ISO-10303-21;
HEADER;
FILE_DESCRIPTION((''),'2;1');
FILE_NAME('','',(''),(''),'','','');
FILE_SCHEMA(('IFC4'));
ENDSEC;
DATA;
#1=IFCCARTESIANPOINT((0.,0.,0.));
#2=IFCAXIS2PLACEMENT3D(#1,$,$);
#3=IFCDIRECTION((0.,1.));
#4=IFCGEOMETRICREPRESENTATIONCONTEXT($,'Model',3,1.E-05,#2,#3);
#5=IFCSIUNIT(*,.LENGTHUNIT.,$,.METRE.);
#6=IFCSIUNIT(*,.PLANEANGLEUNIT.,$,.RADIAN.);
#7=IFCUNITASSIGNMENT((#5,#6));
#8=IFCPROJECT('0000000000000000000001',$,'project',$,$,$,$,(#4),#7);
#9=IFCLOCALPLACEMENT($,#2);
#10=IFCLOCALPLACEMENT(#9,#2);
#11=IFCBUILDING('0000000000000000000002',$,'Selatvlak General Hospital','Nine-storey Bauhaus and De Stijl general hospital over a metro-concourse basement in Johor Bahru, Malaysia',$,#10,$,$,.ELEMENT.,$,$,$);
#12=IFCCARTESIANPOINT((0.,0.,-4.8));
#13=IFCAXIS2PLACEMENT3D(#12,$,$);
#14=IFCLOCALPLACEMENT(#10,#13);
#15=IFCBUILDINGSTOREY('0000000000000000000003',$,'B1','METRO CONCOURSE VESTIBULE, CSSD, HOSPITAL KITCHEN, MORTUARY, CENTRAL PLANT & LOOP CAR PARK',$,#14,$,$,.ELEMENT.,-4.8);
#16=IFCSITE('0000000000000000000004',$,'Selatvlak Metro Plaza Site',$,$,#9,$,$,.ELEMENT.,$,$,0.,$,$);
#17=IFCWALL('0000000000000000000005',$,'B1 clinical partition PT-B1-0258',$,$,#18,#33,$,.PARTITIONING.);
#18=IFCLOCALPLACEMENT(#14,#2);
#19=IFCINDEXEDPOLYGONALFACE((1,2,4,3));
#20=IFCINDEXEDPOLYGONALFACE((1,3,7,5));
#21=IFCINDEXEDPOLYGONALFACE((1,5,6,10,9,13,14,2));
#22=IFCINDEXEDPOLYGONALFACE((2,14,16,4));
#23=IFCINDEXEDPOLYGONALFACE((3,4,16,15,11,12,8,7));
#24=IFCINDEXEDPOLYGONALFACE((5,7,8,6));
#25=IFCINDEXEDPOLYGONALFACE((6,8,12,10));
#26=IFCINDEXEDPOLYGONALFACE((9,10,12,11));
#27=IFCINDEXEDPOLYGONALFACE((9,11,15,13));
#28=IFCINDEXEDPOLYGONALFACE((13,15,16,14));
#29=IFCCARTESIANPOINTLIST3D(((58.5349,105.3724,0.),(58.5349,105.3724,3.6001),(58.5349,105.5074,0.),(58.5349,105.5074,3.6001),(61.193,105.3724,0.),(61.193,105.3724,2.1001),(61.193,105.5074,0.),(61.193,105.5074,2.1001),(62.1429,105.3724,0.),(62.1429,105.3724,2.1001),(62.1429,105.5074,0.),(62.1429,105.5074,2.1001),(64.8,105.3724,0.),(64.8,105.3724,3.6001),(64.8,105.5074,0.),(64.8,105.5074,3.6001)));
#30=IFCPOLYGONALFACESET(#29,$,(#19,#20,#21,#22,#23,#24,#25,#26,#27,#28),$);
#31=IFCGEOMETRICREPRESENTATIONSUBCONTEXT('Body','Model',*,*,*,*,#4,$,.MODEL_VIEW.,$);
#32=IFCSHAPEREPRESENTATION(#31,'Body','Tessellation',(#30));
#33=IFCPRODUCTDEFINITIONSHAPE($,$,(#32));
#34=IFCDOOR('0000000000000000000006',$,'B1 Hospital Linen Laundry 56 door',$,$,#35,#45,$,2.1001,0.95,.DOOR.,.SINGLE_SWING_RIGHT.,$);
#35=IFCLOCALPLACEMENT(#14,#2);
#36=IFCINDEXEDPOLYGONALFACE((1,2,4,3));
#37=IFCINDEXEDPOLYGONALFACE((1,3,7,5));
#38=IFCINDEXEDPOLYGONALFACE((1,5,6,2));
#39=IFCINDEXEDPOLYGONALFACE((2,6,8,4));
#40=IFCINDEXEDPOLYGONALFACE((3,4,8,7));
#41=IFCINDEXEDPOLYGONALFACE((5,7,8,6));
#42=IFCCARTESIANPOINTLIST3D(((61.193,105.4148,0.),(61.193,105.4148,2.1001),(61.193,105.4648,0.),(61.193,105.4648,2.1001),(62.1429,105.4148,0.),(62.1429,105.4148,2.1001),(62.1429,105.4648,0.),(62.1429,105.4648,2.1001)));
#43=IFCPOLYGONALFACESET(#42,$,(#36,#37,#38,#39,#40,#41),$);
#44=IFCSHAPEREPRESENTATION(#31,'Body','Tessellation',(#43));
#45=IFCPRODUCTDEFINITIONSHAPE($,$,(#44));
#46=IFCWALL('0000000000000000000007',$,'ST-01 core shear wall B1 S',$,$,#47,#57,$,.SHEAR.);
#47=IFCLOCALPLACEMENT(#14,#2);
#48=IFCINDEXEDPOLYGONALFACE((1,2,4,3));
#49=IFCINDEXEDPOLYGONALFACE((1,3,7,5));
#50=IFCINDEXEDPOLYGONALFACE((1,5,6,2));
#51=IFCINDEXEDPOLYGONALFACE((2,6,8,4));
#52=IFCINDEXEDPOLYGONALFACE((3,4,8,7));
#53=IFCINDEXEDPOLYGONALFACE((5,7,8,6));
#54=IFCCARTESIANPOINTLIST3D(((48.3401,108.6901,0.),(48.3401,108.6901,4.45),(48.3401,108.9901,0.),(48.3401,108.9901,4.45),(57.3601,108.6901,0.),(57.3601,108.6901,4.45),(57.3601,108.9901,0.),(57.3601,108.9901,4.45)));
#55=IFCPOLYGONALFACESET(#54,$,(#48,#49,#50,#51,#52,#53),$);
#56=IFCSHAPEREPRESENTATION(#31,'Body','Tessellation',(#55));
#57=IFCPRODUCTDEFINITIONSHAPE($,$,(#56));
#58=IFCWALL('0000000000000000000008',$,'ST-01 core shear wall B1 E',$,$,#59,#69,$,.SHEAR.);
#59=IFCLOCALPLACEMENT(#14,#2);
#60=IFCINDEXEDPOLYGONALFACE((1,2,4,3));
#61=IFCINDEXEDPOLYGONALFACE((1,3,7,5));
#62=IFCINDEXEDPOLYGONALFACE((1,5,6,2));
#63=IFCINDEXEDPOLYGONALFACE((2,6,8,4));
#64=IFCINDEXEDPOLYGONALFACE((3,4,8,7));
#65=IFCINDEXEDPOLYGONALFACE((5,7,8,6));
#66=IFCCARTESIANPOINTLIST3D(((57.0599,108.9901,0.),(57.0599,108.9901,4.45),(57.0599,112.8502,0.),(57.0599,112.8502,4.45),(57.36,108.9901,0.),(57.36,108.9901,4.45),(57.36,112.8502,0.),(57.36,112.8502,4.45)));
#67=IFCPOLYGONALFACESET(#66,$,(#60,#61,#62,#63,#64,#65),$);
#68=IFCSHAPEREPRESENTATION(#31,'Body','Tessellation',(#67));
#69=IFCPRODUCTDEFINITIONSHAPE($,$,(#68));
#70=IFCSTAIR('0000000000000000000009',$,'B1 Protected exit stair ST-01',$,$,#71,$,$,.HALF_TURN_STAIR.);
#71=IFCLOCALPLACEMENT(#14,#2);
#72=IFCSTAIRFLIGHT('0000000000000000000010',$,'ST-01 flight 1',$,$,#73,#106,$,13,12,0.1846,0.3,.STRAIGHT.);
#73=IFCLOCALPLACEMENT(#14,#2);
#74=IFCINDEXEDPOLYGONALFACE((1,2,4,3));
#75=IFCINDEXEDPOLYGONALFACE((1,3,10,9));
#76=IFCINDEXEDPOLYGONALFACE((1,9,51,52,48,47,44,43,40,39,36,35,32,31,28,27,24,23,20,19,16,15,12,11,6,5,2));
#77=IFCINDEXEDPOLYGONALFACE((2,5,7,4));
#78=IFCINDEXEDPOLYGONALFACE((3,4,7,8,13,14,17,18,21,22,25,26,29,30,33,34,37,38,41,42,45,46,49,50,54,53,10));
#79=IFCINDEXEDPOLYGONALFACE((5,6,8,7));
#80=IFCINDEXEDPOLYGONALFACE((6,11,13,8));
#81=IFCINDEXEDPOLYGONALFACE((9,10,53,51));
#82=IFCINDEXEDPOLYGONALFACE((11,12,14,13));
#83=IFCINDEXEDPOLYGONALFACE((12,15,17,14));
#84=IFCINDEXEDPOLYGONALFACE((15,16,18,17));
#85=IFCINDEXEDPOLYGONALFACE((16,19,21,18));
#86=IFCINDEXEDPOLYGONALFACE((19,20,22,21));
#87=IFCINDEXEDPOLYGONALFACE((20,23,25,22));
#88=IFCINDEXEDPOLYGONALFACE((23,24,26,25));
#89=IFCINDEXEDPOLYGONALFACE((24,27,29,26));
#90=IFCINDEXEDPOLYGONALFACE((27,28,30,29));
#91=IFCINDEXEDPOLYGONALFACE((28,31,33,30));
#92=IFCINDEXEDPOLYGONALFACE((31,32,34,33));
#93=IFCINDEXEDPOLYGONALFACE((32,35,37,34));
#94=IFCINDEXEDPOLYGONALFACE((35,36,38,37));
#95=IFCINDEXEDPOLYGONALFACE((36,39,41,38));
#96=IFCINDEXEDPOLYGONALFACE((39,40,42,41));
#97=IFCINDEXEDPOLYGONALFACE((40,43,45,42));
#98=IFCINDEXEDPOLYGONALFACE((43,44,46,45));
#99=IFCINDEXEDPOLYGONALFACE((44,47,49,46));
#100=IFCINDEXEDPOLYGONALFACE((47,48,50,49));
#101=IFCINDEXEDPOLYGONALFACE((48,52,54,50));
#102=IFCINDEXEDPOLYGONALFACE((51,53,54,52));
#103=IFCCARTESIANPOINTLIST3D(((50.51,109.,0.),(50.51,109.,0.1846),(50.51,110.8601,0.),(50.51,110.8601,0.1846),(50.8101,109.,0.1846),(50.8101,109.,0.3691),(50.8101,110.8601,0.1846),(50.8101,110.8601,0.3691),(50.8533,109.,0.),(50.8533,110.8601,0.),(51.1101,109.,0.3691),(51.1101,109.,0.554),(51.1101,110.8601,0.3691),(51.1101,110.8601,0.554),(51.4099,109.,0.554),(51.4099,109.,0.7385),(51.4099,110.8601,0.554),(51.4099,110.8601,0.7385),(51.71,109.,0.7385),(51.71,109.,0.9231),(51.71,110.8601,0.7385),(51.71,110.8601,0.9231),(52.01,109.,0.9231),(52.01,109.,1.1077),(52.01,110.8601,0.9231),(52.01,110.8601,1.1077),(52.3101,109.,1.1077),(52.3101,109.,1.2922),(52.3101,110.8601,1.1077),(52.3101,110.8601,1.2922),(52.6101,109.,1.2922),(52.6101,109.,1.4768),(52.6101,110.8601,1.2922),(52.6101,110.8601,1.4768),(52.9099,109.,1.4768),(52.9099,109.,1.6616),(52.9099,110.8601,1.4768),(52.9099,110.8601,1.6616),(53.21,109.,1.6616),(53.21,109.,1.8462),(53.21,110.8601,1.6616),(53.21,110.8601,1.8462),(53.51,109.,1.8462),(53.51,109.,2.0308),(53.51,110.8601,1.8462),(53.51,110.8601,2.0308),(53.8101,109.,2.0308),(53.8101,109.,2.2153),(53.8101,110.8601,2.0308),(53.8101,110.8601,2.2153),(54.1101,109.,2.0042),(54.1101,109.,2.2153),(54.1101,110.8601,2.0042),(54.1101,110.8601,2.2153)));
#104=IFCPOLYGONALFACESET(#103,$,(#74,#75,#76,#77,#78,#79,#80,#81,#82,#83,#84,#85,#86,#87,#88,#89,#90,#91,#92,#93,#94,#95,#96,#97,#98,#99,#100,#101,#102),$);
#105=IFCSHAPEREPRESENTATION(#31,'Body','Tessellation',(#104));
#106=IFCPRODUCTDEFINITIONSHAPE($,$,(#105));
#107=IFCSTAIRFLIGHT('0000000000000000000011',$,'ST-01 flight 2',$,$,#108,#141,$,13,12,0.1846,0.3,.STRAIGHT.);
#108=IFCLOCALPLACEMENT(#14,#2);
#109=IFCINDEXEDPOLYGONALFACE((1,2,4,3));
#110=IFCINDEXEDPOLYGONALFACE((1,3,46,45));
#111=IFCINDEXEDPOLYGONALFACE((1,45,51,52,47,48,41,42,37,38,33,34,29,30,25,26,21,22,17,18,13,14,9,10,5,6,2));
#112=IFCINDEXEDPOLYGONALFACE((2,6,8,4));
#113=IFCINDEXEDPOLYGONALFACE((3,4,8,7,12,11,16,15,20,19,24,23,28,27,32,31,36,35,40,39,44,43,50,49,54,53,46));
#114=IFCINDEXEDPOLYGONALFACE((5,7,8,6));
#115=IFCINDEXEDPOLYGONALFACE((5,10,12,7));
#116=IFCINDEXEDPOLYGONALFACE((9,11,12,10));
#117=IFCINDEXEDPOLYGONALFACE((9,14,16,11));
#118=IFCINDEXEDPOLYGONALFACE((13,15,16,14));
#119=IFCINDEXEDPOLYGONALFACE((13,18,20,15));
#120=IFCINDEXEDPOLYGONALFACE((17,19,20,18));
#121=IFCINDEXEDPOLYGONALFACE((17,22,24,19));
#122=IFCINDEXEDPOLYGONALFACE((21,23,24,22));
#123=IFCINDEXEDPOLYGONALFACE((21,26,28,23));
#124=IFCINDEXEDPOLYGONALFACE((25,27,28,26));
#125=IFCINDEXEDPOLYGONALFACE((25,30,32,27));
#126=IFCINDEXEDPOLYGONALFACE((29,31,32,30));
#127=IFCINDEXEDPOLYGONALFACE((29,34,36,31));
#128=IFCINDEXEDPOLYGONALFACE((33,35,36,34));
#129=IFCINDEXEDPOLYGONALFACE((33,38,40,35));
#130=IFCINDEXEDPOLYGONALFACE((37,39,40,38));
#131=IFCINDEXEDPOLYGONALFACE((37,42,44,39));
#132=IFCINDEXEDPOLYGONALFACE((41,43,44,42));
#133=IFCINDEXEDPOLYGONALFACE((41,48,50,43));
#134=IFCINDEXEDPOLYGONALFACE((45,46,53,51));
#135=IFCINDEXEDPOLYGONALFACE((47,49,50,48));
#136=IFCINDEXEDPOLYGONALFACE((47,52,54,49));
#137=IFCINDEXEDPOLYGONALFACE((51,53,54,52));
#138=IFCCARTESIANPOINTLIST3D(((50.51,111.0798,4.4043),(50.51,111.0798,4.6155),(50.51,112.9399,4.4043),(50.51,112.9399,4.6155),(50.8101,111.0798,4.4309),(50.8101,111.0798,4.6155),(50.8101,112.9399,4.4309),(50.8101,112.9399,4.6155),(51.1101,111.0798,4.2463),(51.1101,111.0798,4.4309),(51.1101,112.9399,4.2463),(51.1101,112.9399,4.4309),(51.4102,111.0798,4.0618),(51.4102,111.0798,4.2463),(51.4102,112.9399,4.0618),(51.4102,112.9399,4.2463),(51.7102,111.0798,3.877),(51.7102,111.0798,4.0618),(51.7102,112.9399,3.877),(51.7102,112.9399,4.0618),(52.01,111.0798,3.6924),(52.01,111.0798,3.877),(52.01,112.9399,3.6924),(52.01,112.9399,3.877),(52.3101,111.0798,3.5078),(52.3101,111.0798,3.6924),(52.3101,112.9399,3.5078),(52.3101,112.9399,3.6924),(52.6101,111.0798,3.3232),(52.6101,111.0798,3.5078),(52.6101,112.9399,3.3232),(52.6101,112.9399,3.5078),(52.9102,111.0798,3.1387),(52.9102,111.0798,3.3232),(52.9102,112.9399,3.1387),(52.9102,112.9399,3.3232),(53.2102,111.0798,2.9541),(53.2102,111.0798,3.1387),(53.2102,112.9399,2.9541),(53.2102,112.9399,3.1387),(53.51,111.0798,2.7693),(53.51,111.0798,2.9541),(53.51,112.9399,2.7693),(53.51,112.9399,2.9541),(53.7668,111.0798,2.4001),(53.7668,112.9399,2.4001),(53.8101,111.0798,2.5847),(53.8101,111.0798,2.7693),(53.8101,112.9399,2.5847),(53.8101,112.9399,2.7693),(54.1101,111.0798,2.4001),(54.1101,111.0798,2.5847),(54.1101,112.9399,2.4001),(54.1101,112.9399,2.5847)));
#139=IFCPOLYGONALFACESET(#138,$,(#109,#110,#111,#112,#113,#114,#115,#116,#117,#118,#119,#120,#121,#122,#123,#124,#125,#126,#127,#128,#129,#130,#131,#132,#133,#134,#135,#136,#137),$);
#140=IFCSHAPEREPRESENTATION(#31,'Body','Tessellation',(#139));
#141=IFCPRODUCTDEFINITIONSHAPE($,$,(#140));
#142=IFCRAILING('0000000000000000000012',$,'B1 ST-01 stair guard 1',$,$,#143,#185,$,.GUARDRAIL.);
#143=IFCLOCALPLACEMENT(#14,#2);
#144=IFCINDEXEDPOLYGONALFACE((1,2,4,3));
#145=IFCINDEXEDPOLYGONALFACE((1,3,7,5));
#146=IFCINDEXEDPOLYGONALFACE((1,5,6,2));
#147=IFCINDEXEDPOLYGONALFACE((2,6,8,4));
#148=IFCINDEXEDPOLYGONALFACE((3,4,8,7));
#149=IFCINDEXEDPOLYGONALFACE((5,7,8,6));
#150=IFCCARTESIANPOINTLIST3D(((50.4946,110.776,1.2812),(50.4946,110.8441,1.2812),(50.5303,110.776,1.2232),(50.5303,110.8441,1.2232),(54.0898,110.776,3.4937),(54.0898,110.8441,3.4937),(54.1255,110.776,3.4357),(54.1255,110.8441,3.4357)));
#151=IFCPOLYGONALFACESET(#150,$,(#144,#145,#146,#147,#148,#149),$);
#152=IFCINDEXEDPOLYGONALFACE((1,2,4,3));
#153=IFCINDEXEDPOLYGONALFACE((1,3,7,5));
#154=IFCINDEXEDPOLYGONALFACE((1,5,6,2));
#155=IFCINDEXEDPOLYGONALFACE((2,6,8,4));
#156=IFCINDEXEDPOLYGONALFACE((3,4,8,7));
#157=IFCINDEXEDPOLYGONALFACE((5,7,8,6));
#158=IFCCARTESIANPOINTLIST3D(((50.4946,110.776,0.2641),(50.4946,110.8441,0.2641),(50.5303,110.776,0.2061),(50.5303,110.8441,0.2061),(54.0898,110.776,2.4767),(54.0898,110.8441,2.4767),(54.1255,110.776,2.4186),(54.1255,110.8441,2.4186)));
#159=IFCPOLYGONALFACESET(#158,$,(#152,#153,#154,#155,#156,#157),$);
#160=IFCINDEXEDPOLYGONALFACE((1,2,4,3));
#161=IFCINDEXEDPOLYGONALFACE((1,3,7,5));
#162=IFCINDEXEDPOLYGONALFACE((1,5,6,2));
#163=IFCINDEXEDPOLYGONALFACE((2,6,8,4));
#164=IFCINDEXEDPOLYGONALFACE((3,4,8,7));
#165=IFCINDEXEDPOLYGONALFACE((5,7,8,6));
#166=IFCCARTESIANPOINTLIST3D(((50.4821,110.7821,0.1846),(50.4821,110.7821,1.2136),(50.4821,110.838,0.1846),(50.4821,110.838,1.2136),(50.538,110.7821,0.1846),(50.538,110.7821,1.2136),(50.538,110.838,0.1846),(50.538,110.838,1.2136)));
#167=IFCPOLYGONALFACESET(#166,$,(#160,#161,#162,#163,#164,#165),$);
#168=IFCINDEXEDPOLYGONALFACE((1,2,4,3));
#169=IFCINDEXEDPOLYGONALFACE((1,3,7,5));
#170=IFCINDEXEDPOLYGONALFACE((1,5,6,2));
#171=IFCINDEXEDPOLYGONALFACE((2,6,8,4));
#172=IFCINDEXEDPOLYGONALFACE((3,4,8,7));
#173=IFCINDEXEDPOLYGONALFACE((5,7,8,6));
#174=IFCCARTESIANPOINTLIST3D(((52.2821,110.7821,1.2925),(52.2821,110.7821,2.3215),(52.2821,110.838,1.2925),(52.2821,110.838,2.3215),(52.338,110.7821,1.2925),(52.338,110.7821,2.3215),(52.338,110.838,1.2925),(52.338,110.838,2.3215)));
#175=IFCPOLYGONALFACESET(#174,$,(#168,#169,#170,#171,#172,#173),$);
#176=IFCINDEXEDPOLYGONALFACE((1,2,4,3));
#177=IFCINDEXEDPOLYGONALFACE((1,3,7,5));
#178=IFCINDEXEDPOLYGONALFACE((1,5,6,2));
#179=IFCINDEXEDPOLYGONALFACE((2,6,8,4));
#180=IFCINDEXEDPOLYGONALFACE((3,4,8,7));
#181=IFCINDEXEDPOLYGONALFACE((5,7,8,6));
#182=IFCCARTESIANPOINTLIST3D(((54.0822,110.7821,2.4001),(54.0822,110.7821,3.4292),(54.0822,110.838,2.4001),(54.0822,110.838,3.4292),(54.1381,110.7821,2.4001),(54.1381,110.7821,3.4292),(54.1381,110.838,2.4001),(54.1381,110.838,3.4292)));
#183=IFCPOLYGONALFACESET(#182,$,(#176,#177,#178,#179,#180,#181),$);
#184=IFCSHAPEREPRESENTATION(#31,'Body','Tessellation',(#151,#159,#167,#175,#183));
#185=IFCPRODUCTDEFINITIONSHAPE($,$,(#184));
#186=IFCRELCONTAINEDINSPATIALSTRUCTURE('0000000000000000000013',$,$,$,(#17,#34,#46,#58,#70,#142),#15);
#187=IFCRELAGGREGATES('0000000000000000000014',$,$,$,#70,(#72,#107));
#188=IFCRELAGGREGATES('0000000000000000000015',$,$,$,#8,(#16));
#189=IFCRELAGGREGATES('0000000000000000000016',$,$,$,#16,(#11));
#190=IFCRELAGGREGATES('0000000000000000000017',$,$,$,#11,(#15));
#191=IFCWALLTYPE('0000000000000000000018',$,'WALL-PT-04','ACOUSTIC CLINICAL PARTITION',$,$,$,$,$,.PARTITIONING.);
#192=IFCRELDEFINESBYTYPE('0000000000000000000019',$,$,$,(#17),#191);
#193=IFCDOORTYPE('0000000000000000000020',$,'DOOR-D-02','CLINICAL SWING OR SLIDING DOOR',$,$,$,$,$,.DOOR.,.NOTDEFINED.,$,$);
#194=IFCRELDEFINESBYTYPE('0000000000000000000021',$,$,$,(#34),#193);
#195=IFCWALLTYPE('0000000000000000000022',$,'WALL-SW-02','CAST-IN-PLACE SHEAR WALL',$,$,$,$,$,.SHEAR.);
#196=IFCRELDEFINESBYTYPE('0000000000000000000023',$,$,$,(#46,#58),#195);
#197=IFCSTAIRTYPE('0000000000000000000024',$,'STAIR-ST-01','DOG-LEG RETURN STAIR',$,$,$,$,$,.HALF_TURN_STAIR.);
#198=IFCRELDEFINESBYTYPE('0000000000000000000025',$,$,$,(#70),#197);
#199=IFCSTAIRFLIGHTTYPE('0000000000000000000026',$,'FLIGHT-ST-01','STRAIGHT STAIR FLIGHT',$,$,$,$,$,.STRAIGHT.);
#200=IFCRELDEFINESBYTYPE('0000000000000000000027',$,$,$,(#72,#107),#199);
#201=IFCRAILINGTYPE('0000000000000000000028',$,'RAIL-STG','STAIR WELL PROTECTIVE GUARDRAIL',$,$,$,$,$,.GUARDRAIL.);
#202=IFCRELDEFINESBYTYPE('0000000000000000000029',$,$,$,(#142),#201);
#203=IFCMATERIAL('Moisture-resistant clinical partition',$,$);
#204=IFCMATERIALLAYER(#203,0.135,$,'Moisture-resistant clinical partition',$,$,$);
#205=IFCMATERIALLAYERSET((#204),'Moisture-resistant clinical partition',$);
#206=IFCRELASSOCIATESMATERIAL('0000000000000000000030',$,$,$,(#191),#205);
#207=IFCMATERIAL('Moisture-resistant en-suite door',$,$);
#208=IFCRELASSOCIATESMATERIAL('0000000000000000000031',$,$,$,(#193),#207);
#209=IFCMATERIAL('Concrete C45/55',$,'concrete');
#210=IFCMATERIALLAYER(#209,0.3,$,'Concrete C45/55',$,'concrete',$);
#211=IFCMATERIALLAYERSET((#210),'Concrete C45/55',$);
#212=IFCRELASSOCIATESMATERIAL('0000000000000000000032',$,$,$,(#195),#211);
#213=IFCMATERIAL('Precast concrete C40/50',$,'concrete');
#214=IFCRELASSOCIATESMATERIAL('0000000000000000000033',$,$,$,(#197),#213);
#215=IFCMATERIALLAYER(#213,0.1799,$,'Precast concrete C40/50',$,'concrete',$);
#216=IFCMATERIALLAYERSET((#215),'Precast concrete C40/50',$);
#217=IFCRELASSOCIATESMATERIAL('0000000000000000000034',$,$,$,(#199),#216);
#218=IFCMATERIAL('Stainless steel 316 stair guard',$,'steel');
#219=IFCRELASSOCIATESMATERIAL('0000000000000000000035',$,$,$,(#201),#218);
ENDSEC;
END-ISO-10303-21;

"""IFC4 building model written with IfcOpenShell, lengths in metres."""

from ifc_helpers import new_model, si_unit, direction, frame, frame_2d, origin, origin_2d, place, context, subcontext, project, spatial, polyline, rectangle, outline, extrude, material, layer, layer_set, type_object, element, fill, aggregate, save


model = new_model("IFC4")

# Units and contexts
model_context = context("Model", 3, precision=1e-05, world=origin(), true_north=direction((0.0, 1.0)))
body_context = subcontext(model_context, "Body", "Model", "MODEL_VIEW")
ifc_project = project(units=[si_unit("LENGTHUNIT", "METRE"), si_unit("PLANEANGLEUNIT", "RADIAN")], contexts=[model_context])

# Site, building, storey
site_placement = place(None, origin())
site = spatial("IfcSite", under=ifc_project, at=site_placement, Name="Selatvlak Metro Plaza Site", CompositionType="ELEMENT", RefElevation=0.0)
building_placement = place(site_placement, origin())
building = spatial("IfcBuilding", under=site, at=building_placement, Name="Selatvlak General Hospital", Description="Nine-storey Bauhaus and De Stijl general hospital over a metro-concourse basement in Johor Bahru, Malaysia", CompositionType="ELEMENT")
storey_placement = place(building_placement, frame((0.0, 0.0, -4.8)))
storey = spatial("IfcBuildingStorey", under=building, at=storey_placement, Name="B1", Description="METRO CONCOURSE VESTIBULE, CSSD, HOSPITAL KITCHEN, MORTUARY, CENTRAL PLANT & LOOP CAR PARK", CompositionType="ELEMENT", Elevation=-4.8)

# Wall, opening, door
ifc_material_1 = material(Name="Moisture-resistant clinical partition")
ifc_layer_1 = layer(ifc_material_1, 0.135, Name="Moisture-resistant clinical partition")
ifc_layer_set_1 = layer_set([ifc_layer_1], Name="Moisture-resistant clinical partition")
wall_type_1 = type_object("IfcWallType", Name="WALL-PT-04", Description="ACOUSTIC CLINICAL PARTITION", PredefinedType="PARTITIONING", material=ifc_layer_set_1)
wall_1_placement = place(storey_placement, frame((58.5349, 105.4399, 0.0), z_axis=(0.0, 0.0, 1.0), x_axis=(1.0, 0.0, 0.0)))
wall_1 = element("IfcWall", 1, at=wall_1_placement, inside=storey, type_object=wall_type_1, Name="B1 clinical partition PT-B1-0258", PredefinedType="PARTITIONING", context=body_context, shape_type="SweptSolid", body=[
    extrude(rectangle(XDim=6.2651, YDim=0.135, at=frame_2d((3.1326, 0.0))), origin(), (0.0, 0.0, 1.0), 3.6001),
])
opening_1_placement = place(wall_1_placement, frame((2.658, 0.0, 0.0)))
opening_1 = element("IfcOpeningElement", 2, at=opening_1_placement, cuts=wall_1, PredefinedType="OPENING", context=body_context, shape_type="SweptSolid", body=[
    extrude(rectangle(XDim=0.95, YDim=2.1001, at=frame_2d((0.4751, 1.05))), frame((0.0, 0.0774, 0.0), z_axis=(0.0, -1.0, 0.0), x_axis=(1.0, 0.0, 0.0)), (0.0, 0.0, 1.0), 0.155),
])
ifc_material_2 = material(Name="Moisture-resistant en-suite door")
door_type_1 = type_object("IfcDoorType", Name="DOOR-D-02", Description="CLINICAL SWING OR SLIDING DOOR", OperationType="NOTDEFINED", PredefinedType="DOOR", material=ifc_material_2)
door_1_placement = place(opening_1_placement, origin())
door_1 = element("IfcDoor", 3, at=door_1_placement, inside=storey, type_object=door_type_1, Name="B1 Hospital Linen Laundry 56 door", OperationType="SINGLE_SWING_RIGHT", OverallHeight=2.1001, OverallWidth=0.95, PredefinedType="DOOR", context=body_context, shape_type="SweptSolid", body=[
    extrude(rectangle(XDim=0.95, YDim=2.1001, at=frame_2d((0.4751, 1.05))), frame((0.0, 0.0249, 0.0), z_axis=(0.0, -1.0, 0.0), x_axis=(1.0, 0.0, 0.0)), (0.0, 0.0, 1.0), 0.05),
])
fill(opening_1, door_1)

# Walls
ifc_material_3 = material(Name="Concrete C45/55", Category="concrete")
ifc_layer_2 = layer(ifc_material_3, 0.3, Name="Concrete C45/55", Category="concrete")
ifc_layer_set_2 = layer_set([ifc_layer_2], Name="Concrete C45/55")
wall_type_2 = type_object("IfcWallType", Name="WALL-SW-02", Description="CAST-IN-PLACE SHEAR WALL", PredefinedType="SHEAR", material=ifc_layer_set_2)
wall_2_placement = place(storey_placement, frame((48.3401, 108.8401, 0.0), z_axis=(0.0, 0.0, 1.0), x_axis=(1.0, 0.0, 0.0)))
element("IfcWall", 4, at=wall_2_placement, inside=storey, type_object=wall_type_2, Name="ST-01 core shear wall B1 S", PredefinedType="SHEAR", context=body_context, shape_type="SweptSolid", body=[
    extrude(rectangle(XDim=9.02, YDim=0.3, at=frame_2d((4.51, 0.0))), origin(), (0.0, 0.0, 1.0), 4.45),
])
wall_3_placement = place(storey_placement, frame((57.21, 108.99, 0.0), z_axis=(0.0, 0.0, 1.0), x_axis=(0.0, 1.0, 0.0)))
element("IfcWall", 5, at=wall_3_placement, inside=storey, type_object=wall_type_2, Name="ST-01 core shear wall B1 E", PredefinedType="SHEAR", context=body_context, shape_type="SweptSolid", body=[
    extrude(rectangle(XDim=3.8601, YDim=0.3, at=frame_2d((1.9302, 0.0))), origin(), (0.0, 0.0, 1.0), 4.45),
])

# Stair, stair flights
ifc_material_4 = material(Name="Precast concrete C40/50", Category="concrete")
stair_type = type_object("IfcStairType", Name="STAIR-ST-01", Description="DOG-LEG RETURN STAIR", PredefinedType="HALF_TURN_STAIR", material=ifc_material_4)
stair_placement = place(storey_placement, origin())
stair = element("IfcStair", 6, at=stair_placement, inside=storey, type_object=stair_type, Name="B1 Protected exit stair ST-01", PredefinedType="HALF_TURN_STAIR")
ifc_layer_3 = layer(ifc_material_4, 0.1799, Name="Precast concrete C40/50", Category="concrete")
ifc_layer_set_3 = layer_set([ifc_layer_3], Name="Precast concrete C40/50")
stair_flight_type = type_object("IfcStairFlightType", Name="FLIGHT-ST-01", Description="STRAIGHT STAIR FLIGHT", PredefinedType="STRAIGHT", material=ifc_layer_set_3)
stair_flight_1_placement = place(storey_placement, frame((50.51, 109.9299, 0.0), z_axis=(0.0, 0.0, 1.0), x_axis=(1.0, 0.0, 0.0)))
stair_flight_1 = element("IfcStairFlight", 7, at=stair_flight_1_placement, type_object=stair_flight_type, Name="ST-01 flight 1", NumberOfRisers=13, NumberOfTreads=12, PredefinedType="STRAIGHT", RiserHeight=0.1846, TreadLength=0.3, context=body_context, shape_type="SweptSolid", body=[
    extrude(outline(polyline([(0.0, 0.0), (0.0, 0.1846), (0.3, 0.1846), (0.3, 0.3691), (0.6001, 0.3691), (0.6001, 0.554), (0.8999, 0.554), (0.8999, 0.7385), (1.2, 0.7385), (1.2, 0.9231), (1.5, 0.9231), (1.5, 1.1077), (1.8, 1.1077), (1.8, 1.2922), (2.1001, 1.2922), (2.1001, 1.4768), (2.3999, 1.4768), (2.3999, 1.6616), (2.7, 1.6616), (2.7, 1.8462), (3.0, 1.8462), (3.0, 2.0308), (3.3, 2.0308), (3.3, 2.2153), (3.6001, 2.2153), (3.6001, 2.3999), (3.6001, 2.0042), (0.3433, 0.0), (0.0, 0.0)])), frame((0.0, 0.9302, 0.0), z_axis=(0.0, -1.0, 0.0), x_axis=(1.0, 0.0, 0.0)), (0.0, 0.0, 1.0), 1.8601),
])
stair_flight_2_placement = place(storey_placement, frame((54.1101, 112.01, 2.4001), z_axis=(0.0, 0.0, 1.0), x_axis=(-1.0, 0.0, 0.0)))
stair_flight_2 = element("IfcStairFlight", 8, at=stair_flight_2_placement, type_object=stair_flight_type, Name="ST-01 flight 2", NumberOfRisers=13, NumberOfTreads=12, PredefinedType="STRAIGHT", RiserHeight=0.1846, TreadLength=0.3, context=body_context, shape_type="SweptSolid", body=[
    extrude(outline(polyline([(0.0, 0.0), (0.0, 0.1846), (0.3, 0.1846), (0.3, 0.3691), (0.6001, 0.3691), (0.6001, 0.554), (0.8999, 0.554), (0.8999, 0.7385), (1.2, 0.7385), (1.2, 0.9231), (1.5, 0.9231), (1.5, 1.1077), (1.8, 1.1077), (1.8, 1.2922), (2.1001, 1.2922), (2.1001, 1.4768), (2.3999, 1.4768), (2.3999, 1.6616), (2.7, 1.6616), (2.7, 1.8462), (3.0, 1.8462), (3.0, 2.0308), (3.3, 2.0308), (3.3, 2.2153), (3.6001, 2.2153), (3.6001, 2.3999), (3.6001, 2.0042), (0.3433, 0.0), (0.0, 0.0)])), frame((0.0, 0.9302, 0.0), z_axis=(0.0, -1.0, 0.0), x_axis=(1.0, 0.0, 0.0)), (0.0, 0.0, 1.0), 1.8601),
])
aggregate(stair, [stair_flight_1, stair_flight_2])

# Railing
ifc_material_5 = material(Name="Stainless steel 316 stair guard", Category="steel")
railing_type_1 = type_object("IfcRailingType", Name="RAIL-STG", Description="STAIR WELL PROTECTIVE GUARDRAIL", PredefinedType="GUARDRAIL", material=ifc_material_5)
railing_1_placement = place(storey_placement, frame((50.51, 110.8101, 0.1846)))
element("IfcRailing", 9, at=railing_1_placement, inside=storey, type_object=railing_type_1, Name="B1 ST-01 stair guard 1", PredefinedType="GUARDRAIL", context=body_context, shape_type="SweptSolid", body=[
    extrude(rectangle(XDim=0.0681, YDim=0.0681, at=origin_2d()), frame((0.0024, 0.0, 1.0676), z_axis=(0.851644, 0.0, 0.52412), x_axis=(0.0, 1.0, 0.0)), (0.0, 0.0, 1.0), 4.2214),
    extrude(rectangle(XDim=0.0681, YDim=0.0681, at=origin_2d()), frame((0.0024, 0.0, 0.0505), z_axis=(0.851644, 0.0, 0.52412), x_axis=(0.0, 1.0, 0.0)), (0.0, 0.0, 1.0), 4.2214),
    extrude(rectangle(XDim=0.0559, YDim=0.0559, at=origin_2d()), origin(), (0.0, 0.0, 1.0), 1.0291),
    extrude(rectangle(XDim=0.0559, YDim=0.0559, at=origin_2d()), frame((1.8, 0.0, 1.1079)), (0.0, 0.0, 1.0), 1.0291),
    extrude(rectangle(XDim=0.0559, YDim=0.0559, at=origin_2d()), frame((3.6001, 0.0, 2.2156)), (0.0, 0.0, 1.0), 1.0291),
])

save(model, "model.ifc")
